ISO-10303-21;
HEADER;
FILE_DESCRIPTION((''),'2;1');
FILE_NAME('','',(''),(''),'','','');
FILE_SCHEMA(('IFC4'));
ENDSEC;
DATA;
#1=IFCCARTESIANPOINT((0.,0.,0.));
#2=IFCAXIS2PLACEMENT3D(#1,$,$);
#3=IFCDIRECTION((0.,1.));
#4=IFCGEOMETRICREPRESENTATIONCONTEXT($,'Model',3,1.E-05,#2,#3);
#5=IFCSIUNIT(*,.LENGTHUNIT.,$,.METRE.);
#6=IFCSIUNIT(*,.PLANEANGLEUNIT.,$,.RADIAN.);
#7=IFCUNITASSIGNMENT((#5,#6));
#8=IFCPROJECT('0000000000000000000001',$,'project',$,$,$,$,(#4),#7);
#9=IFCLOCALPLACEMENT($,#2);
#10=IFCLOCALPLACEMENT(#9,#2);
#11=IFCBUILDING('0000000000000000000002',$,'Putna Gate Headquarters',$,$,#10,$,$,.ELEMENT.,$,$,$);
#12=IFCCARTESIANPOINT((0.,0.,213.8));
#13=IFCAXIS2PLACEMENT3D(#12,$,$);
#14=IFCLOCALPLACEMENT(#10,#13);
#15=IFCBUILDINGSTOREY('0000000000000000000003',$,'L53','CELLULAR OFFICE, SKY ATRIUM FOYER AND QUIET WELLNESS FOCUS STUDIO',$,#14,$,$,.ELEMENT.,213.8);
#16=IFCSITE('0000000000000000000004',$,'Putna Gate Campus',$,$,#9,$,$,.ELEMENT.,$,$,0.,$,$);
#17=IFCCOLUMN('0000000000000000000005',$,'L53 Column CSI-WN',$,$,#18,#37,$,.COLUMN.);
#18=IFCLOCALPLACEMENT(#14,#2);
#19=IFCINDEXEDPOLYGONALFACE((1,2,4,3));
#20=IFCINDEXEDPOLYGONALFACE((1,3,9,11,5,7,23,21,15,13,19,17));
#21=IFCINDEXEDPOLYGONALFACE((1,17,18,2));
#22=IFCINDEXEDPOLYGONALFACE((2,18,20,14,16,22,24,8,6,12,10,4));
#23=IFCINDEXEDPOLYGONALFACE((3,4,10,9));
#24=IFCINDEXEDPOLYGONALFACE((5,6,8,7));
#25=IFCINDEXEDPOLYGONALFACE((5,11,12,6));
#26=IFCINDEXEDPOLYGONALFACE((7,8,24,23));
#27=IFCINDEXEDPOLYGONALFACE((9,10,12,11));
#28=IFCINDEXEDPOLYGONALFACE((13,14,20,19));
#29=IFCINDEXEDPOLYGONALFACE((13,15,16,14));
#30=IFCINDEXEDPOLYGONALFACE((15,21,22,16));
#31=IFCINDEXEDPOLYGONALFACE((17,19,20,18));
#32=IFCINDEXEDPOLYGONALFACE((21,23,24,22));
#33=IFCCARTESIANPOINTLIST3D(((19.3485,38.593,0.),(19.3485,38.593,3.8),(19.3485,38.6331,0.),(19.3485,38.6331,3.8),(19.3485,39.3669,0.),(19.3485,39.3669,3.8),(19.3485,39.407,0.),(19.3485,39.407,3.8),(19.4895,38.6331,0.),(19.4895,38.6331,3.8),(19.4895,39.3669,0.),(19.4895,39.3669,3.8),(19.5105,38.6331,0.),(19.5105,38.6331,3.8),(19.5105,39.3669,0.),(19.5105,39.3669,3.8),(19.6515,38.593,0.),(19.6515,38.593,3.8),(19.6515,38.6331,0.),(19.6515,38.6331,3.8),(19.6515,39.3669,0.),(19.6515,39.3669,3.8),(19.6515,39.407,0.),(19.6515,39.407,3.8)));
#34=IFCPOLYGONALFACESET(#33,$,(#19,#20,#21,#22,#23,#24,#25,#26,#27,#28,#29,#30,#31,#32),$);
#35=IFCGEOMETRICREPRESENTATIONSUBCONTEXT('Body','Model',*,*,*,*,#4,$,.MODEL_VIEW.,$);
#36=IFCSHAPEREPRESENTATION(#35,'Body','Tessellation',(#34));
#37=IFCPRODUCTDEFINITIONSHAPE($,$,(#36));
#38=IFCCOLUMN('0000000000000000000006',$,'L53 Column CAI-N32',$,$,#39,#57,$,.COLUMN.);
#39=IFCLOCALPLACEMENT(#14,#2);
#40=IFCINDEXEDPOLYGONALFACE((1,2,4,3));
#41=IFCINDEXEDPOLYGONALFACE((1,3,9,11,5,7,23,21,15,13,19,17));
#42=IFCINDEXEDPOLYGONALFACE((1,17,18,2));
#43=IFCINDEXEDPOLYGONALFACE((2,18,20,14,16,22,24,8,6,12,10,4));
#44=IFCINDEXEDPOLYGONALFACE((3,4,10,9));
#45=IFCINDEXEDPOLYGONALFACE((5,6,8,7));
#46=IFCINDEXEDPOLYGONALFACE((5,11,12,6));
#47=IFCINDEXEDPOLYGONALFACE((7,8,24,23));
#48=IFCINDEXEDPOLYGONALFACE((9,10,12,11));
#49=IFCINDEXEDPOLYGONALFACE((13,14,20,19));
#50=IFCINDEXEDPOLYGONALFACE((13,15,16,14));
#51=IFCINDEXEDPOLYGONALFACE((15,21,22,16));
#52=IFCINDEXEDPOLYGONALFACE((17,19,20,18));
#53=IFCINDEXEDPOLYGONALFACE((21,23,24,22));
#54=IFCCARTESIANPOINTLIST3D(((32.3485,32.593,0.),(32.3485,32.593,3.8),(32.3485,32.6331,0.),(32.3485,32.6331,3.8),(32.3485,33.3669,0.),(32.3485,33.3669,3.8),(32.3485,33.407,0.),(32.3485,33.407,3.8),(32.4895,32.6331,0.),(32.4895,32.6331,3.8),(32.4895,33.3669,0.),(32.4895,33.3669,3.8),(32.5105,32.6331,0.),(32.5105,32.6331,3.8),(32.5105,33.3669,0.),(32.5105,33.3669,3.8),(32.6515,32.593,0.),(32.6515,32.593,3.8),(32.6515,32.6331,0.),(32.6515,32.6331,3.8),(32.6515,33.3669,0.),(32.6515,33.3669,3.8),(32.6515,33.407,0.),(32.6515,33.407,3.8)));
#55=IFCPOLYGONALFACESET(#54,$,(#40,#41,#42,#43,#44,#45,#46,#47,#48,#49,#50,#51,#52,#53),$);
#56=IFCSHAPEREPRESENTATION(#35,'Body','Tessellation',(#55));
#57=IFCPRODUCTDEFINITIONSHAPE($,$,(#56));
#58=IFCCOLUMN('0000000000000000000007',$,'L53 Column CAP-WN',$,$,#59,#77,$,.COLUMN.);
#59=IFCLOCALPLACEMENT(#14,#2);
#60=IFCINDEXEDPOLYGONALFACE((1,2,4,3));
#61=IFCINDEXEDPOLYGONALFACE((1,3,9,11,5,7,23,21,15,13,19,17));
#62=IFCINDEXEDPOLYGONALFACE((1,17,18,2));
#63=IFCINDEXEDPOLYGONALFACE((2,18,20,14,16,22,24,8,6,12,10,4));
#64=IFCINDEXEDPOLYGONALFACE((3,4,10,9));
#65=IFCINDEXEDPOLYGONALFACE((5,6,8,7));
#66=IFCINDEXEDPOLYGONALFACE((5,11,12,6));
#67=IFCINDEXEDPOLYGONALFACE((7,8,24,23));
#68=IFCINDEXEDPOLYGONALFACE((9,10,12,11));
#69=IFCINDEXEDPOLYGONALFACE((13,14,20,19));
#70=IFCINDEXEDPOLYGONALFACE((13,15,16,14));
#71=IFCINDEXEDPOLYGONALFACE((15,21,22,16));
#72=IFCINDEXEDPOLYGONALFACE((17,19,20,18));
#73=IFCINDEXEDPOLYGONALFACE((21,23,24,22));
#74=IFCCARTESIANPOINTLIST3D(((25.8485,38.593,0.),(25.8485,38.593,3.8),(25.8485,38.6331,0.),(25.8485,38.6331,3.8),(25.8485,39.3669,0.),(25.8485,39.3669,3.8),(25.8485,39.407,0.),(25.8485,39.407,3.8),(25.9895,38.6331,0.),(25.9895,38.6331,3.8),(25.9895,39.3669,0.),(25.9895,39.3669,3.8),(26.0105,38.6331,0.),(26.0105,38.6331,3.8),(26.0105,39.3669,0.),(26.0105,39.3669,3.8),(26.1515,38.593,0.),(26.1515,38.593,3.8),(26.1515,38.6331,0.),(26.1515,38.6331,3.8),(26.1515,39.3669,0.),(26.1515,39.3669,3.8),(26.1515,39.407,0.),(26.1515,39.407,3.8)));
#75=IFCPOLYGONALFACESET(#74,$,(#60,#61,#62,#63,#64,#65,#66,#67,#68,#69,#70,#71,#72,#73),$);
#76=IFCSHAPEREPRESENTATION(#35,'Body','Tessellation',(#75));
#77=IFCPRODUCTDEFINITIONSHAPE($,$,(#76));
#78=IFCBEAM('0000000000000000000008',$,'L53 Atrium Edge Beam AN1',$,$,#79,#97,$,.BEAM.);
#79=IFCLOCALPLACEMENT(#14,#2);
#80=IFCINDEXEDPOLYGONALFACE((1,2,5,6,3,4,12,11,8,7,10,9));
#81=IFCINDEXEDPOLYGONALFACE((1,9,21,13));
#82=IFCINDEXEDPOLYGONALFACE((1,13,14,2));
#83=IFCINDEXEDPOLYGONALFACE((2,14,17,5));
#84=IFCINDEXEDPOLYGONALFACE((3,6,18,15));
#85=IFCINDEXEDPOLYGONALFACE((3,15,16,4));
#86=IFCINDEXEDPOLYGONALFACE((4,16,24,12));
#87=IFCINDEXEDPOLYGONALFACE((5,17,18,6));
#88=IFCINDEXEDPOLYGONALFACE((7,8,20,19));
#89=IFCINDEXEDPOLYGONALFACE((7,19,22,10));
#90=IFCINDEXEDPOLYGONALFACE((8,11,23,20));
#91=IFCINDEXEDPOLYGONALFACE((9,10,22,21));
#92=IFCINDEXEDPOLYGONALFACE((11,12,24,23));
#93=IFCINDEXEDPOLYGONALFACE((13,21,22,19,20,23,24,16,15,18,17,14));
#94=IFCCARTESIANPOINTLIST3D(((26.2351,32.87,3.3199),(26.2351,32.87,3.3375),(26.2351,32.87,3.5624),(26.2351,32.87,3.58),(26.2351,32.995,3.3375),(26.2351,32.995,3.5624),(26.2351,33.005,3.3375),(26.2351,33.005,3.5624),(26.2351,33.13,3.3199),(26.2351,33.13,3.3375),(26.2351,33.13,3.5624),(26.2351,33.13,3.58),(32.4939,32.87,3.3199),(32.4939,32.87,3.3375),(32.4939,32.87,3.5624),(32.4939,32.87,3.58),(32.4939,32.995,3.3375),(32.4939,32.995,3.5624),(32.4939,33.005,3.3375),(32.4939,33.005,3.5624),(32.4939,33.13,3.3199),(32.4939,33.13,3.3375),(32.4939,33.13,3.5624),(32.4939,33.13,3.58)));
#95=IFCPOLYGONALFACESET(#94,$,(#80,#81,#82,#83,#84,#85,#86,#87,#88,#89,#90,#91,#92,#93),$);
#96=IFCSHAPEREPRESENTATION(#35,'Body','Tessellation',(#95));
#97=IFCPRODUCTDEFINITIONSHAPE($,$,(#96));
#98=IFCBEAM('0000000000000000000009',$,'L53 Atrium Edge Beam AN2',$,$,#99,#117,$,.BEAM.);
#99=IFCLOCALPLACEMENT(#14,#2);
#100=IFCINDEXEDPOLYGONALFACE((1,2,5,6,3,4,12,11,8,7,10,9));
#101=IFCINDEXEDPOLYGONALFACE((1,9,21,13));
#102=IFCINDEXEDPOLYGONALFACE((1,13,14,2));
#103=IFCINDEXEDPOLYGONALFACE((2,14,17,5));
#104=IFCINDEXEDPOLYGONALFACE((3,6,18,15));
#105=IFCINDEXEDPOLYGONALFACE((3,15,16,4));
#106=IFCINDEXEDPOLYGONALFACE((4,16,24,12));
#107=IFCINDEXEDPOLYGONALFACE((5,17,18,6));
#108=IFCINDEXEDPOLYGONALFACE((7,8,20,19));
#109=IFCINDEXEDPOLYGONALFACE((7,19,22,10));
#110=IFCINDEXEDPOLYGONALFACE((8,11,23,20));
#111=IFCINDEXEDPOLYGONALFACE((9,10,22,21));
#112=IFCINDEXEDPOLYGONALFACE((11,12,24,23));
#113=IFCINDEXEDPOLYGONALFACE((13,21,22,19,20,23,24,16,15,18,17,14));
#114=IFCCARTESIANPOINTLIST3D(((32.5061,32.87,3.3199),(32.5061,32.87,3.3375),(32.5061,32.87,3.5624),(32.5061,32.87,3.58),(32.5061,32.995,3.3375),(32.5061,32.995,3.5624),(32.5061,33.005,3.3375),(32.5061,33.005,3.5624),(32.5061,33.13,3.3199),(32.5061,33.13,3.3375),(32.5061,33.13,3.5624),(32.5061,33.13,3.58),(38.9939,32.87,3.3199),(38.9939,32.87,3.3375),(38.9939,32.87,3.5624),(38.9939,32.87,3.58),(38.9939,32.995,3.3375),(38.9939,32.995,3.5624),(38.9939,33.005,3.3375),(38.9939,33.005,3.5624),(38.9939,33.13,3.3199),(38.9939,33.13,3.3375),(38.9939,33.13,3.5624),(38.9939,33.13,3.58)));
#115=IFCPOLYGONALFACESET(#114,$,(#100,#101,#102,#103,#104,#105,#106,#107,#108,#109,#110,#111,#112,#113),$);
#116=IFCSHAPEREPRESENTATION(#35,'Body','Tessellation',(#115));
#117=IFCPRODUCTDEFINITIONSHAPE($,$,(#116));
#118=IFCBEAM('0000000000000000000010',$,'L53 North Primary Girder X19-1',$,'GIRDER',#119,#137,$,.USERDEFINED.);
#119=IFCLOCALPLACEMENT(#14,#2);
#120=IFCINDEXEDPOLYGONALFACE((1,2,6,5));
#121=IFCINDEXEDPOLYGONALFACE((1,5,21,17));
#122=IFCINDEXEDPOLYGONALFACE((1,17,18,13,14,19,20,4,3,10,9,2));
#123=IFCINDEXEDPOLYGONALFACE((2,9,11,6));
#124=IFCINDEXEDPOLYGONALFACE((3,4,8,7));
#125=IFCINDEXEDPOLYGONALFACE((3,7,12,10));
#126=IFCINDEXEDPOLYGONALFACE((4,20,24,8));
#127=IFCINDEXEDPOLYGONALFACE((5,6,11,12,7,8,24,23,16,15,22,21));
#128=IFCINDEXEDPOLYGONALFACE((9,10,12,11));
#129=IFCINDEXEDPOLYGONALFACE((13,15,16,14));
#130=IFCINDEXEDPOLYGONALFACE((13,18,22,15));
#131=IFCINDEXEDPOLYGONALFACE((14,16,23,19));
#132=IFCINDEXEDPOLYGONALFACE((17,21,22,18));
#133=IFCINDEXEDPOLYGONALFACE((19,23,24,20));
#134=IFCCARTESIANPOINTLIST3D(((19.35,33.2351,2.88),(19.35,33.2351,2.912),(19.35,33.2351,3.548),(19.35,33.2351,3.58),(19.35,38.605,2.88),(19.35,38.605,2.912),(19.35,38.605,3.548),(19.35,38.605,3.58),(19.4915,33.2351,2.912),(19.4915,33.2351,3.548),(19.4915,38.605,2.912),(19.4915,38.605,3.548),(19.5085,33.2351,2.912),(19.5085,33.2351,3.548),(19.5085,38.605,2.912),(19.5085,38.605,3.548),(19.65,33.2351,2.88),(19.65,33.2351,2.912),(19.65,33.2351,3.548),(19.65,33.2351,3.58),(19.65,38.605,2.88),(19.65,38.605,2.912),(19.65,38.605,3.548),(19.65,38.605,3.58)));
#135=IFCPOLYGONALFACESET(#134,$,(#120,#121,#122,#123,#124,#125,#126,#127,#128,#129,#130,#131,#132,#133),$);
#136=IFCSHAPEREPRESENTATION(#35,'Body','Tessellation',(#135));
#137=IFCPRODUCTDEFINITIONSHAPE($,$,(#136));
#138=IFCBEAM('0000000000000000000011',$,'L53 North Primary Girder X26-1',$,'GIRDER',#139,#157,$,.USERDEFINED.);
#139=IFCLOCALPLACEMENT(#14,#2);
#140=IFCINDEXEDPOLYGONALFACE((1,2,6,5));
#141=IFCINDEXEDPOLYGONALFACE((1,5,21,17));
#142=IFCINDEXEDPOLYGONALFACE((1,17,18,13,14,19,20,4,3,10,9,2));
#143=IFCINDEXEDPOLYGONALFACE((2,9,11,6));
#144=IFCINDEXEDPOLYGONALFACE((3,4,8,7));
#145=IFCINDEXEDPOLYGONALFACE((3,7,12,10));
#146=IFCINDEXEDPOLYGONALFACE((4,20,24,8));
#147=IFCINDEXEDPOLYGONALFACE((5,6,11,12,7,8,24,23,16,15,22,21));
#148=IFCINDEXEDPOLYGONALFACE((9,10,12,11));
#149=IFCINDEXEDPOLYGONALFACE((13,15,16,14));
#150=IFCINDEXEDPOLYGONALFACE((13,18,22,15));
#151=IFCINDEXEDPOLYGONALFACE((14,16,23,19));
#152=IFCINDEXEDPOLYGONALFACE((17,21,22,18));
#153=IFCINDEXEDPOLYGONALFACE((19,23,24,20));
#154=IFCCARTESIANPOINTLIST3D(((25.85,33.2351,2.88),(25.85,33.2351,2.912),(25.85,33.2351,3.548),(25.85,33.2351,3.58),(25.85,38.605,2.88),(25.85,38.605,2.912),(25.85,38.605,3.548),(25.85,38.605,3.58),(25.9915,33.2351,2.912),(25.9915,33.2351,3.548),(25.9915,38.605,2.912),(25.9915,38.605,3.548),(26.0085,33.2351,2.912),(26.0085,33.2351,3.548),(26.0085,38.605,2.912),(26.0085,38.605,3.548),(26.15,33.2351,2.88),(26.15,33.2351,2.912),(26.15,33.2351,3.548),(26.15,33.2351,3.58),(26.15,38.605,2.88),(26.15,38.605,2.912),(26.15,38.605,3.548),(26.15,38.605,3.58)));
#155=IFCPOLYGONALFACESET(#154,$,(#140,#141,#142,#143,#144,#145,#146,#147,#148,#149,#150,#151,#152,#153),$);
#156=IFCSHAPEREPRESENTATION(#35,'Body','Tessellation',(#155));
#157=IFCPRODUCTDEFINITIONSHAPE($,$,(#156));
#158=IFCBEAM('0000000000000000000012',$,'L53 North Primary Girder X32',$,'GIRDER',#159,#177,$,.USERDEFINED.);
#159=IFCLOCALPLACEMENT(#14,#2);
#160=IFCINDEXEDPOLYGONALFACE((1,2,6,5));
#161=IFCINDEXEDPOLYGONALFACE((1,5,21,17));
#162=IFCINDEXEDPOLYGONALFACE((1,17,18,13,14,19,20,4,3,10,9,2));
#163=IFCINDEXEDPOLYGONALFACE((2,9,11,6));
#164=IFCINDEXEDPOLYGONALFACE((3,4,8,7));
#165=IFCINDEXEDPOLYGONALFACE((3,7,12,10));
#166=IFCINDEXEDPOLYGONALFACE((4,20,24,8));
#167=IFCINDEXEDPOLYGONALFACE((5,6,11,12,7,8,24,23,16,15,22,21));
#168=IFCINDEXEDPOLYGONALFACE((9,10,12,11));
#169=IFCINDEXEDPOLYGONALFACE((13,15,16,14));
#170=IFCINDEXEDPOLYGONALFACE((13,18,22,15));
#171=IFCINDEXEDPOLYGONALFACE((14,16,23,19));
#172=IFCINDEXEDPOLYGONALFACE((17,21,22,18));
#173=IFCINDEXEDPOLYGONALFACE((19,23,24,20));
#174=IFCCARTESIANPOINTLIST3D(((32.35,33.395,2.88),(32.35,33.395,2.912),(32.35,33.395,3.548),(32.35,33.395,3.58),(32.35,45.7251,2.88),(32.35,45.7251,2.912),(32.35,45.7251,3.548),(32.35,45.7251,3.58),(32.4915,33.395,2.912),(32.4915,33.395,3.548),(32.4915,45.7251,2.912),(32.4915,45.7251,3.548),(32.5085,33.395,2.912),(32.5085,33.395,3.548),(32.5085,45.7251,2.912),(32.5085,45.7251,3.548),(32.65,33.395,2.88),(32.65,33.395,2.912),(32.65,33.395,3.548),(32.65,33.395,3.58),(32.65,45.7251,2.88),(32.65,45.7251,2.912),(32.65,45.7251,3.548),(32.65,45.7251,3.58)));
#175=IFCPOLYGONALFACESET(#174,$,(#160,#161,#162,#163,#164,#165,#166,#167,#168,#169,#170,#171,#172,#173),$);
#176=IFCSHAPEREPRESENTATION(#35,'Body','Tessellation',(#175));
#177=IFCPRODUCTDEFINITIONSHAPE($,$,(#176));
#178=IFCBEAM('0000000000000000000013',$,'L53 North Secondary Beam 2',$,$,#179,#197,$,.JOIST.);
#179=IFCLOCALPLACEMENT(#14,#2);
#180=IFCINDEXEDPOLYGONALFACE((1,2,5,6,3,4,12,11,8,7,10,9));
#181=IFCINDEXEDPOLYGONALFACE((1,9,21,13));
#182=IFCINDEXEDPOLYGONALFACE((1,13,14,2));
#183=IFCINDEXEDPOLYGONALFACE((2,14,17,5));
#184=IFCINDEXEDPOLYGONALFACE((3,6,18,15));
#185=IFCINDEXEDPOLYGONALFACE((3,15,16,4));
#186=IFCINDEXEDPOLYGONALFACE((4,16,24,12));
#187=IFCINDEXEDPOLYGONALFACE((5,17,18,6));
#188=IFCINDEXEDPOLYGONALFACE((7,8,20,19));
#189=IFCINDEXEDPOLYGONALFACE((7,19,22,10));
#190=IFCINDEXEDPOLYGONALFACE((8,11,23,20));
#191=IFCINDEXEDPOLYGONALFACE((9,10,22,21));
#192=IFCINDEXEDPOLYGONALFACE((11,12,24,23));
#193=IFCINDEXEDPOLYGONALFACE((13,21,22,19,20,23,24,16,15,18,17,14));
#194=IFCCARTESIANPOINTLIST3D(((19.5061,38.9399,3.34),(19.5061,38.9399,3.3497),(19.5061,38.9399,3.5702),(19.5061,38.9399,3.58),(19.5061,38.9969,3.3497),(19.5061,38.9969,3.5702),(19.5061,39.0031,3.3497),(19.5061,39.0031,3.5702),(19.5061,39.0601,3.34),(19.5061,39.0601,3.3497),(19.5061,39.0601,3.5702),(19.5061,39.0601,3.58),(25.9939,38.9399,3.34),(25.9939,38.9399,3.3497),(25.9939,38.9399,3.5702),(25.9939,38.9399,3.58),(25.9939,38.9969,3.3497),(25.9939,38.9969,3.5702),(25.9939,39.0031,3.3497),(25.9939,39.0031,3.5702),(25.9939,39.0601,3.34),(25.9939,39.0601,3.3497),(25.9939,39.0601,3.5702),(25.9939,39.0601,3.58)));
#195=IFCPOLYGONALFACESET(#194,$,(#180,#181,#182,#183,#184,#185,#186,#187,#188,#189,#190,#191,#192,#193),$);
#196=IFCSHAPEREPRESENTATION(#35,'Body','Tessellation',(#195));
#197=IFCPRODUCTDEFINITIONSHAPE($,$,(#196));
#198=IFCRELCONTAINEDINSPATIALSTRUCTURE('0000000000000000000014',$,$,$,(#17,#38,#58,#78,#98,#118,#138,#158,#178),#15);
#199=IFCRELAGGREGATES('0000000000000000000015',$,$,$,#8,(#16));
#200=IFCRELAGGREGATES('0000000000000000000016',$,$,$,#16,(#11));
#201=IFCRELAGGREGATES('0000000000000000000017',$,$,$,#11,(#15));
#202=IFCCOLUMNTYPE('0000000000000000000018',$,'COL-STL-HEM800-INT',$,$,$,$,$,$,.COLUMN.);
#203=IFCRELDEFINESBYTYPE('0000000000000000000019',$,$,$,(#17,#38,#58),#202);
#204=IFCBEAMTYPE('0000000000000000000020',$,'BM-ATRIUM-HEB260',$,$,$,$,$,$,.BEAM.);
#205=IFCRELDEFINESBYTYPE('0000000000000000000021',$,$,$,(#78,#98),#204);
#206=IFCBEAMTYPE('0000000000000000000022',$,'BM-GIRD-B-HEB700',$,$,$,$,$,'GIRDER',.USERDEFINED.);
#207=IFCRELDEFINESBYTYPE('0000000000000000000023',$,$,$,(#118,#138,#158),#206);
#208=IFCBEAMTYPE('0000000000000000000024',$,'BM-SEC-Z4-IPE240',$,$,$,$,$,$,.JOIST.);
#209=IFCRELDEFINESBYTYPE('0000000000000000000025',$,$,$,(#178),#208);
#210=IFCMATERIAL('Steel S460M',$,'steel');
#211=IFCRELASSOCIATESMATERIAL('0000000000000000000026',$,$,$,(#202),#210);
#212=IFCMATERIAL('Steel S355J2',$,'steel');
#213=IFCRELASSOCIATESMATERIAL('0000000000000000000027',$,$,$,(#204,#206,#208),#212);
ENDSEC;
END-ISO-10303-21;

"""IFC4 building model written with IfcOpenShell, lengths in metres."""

from ifc_helpers import new_model, si_unit, direction, frame, origin, origin_2d, place, context, subcontext, project, spatial, i_section, extrude, material, material_profile, profile_set, type_object, element, save


model = new_model("IFC4")

# Units and contexts
model_context = context("Model", 3, precision=1e-05, world=origin(), true_north=direction((0.0, 1.0)))
body_context = subcontext(model_context, "Body", "Model", "MODEL_VIEW")
ifc_project = project(units=[si_unit("LENGTHUNIT", "METRE"), si_unit("PLANEANGLEUNIT", "RADIAN")], contexts=[model_context])

# Site, building, storey
site_placement = place(None, origin())
site = spatial("IfcSite", under=ifc_project, at=site_placement, Name="Putna Gate Campus", CompositionType="ELEMENT", RefElevation=0.0)
building_placement = place(site_placement, origin())
building = spatial("IfcBuilding", under=site, at=building_placement, Name="Putna Gate Headquarters", CompositionType="ELEMENT")
storey_placement = place(building_placement, frame((0.0, 0.0, 213.8)))
storey = spatial("IfcBuildingStorey", under=building, at=storey_placement, Name="L53", Description="CELLULAR OFFICE, SKY ATRIUM FOYER AND QUIET WELLNESS FOCUS STUDIO", CompositionType="ELEMENT", Elevation=213.8)

# Columns
ifc_material_1 = material(Name="Steel S460M", Category="steel")
ifc_material_profile_1 = material_profile(ifc_material_1, i_section(OverallWidth=0.303, OverallDepth=0.814, WebThickness=0.021, FlangeThickness=0.04, at=origin_2d()), Name="Steel S460M")
ifc_profile_set_1 = profile_set([ifc_material_profile_1], Name="Steel S460M")
column_type = type_object("IfcColumnType", Name="COL-STL-HEM800-INT", PredefinedType="COLUMN", material=ifc_profile_set_1)
for number, where, z_axis, x_axis, name in (
    (1, (19.5, 39.0, 0.0), (0.0, 0.0, 1.0), (1.0, 0.0, 0.0), "L53 Column CSI-WN"),
    (2, (32.5, 33.0, 0.0), (0.0, 0.0, 1.0), (1.0, 0.0, 0.0), "L53 Column CAI-N32"),
    (3, (26.0, 39.0, 0.0), (0.0, 0.0, 1.0), (1.0, 0.0, 0.0), "L53 Column CAP-WN"),
):
    element("IfcColumn", number, at=place(storey_placement, frame(where, z_axis=z_axis, x_axis=x_axis)), inside=storey, type_object=column_type, Name=name, PredefinedType="COLUMN", context=body_context, shape_type="SweptSolid", body=[
        extrude(i_section(OverallWidth=0.303, OverallDepth=0.814, WebThickness=0.021, FlangeThickness=0.04, at=origin_2d()), origin(), (0.0, 0.0, 1.0), 3.8),
    ])

# Beams
ifc_material_2 = material(Name="Steel S355J2", Category="steel")
ifc_material_profile_2 = material_profile(ifc_material_2, i_section(OverallWidth=0.26, OverallDepth=0.26, WebThickness=0.01, FlangeThickness=0.0176, at=origin_2d()), Name="Steel S355J2")
ifc_profile_set_2 = profile_set([ifc_material_profile_2], Name="Steel S355J2")
beam_type_1 = type_object("IfcBeamType", Name="BM-ATRIUM-HEB260", PredefinedType="BEAM", material=ifc_profile_set_2)
beam_1_placement = place(storey_placement, frame((26.2351, 33.0, 3.45), z_axis=(1.0, 0.0, 0.0), x_axis=(0.0, 1.0, 0.0)))
element("IfcBeam", 4, at=beam_1_placement, inside=storey, type_object=beam_type_1, Name="L53 Atrium Edge Beam AN1", PredefinedType="BEAM", context=body_context, shape_type="SweptSolid", body=[
    extrude(i_section(OverallWidth=0.26, OverallDepth=0.26, WebThickness=0.01, FlangeThickness=0.0176, at=origin_2d()), origin(), (0.0, 0.0, 1.0), 6.2588),
])
beam_2_placement = place(storey_placement, frame((32.5061, 33.0, 3.45), z_axis=(1.0, 0.0, 0.0), x_axis=(0.0, 1.0, 0.0)))
element("IfcBeam", 5, at=beam_2_placement, inside=storey, type_object=beam_type_1, Name="L53 Atrium Edge Beam AN2", PredefinedType="BEAM", context=body_context, shape_type="SweptSolid", body=[
    extrude(i_section(OverallWidth=0.26, OverallDepth=0.26, WebThickness=0.01, FlangeThickness=0.0176, at=origin_2d()), origin(), (0.0, 0.0, 1.0), 6.4878),
])
ifc_material_profile_3 = material_profile(ifc_material_2, i_section(OverallWidth=0.3, OverallDepth=0.7, WebThickness=0.0171, FlangeThickness=0.032, at=origin_2d()), Name="Steel S355J2")
ifc_profile_set_3 = profile_set([ifc_material_profile_3], Name="Steel S355J2")
beam_type_2 = type_object("IfcBeamType", Name="BM-GIRD-B-HEB700", ElementType="GIRDER", PredefinedType="USERDEFINED", material=ifc_profile_set_3)
for number, where, z_axis, x_axis, name in (
    (6, (19.5, 33.2351, 3.23), (0.0, 1.0, 0.0), (-1.0, 0.0, 0.0), "L53 North Primary Girder X19-1"),
    (7, (26.0, 33.2351, 3.23), (0.0, 1.0, 0.0), (-1.0, 0.0, 0.0), "L53 North Primary Girder X26-1"),
):
    element("IfcBeam", number, at=place(storey_placement, frame(where, z_axis=z_axis, x_axis=x_axis)), inside=storey, type_object=beam_type_2, Name=name, ObjectType="GIRDER", PredefinedType="USERDEFINED", context=body_context, shape_type="SweptSolid", body=[
        extrude(i_section(OverallWidth=0.3, OverallDepth=0.7, WebThickness=0.0171, FlangeThickness=0.032, at=origin_2d()), origin(), (0.0, 0.0, 1.0), 5.3699),
    ])
beam_3_placement = place(storey_placement, frame((32.5, 33.395, 3.23), z_axis=(0.0, 1.0, 0.0), x_axis=(-1.0, 0.0, 0.0)))
element("IfcBeam", 8, at=beam_3_placement, inside=storey, type_object=beam_type_2, Name="L53 North Primary Girder X32", ObjectType="GIRDER", PredefinedType="USERDEFINED", context=body_context, shape_type="SweptSolid", body=[
    extrude(i_section(OverallWidth=0.3, OverallDepth=0.7, WebThickness=0.0171, FlangeThickness=0.032, at=origin_2d()), origin(), (0.0, 0.0, 1.0), 12.3301),
])
ifc_material_profile_4 = material_profile(ifc_material_2, i_section(OverallWidth=0.1201, OverallDepth=0.24, WebThickness=0.0061, FlangeThickness=0.0098, at=origin_2d()), Name="Steel S355J2")
ifc_profile_set_4 = profile_set([ifc_material_profile_4], Name="Steel S355J2")
beam_type_3 = type_object("IfcBeamType", Name="BM-SEC-Z4-IPE240", PredefinedType="JOIST", material=ifc_profile_set_4)
beam_4_placement = place(storey_placement, frame((19.5061, 39.0, 3.46), z_axis=(1.0, 0.0, 0.0), x_axis=(0.0, 1.0, 0.0)))
element("IfcBeam", 9, at=beam_4_placement, inside=storey, type_object=beam_type_3, Name="L53 North Secondary Beam 2", PredefinedType="JOIST", context=body_context, shape_type="SweptSolid", body=[
    extrude(i_section(OverallWidth=0.1201, OverallDepth=0.24, WebThickness=0.0061, FlangeThickness=0.0098, at=origin_2d()), origin(), (0.0, 0.0, 1.0), 6.4878),
])

save(model, "model.ifc")
